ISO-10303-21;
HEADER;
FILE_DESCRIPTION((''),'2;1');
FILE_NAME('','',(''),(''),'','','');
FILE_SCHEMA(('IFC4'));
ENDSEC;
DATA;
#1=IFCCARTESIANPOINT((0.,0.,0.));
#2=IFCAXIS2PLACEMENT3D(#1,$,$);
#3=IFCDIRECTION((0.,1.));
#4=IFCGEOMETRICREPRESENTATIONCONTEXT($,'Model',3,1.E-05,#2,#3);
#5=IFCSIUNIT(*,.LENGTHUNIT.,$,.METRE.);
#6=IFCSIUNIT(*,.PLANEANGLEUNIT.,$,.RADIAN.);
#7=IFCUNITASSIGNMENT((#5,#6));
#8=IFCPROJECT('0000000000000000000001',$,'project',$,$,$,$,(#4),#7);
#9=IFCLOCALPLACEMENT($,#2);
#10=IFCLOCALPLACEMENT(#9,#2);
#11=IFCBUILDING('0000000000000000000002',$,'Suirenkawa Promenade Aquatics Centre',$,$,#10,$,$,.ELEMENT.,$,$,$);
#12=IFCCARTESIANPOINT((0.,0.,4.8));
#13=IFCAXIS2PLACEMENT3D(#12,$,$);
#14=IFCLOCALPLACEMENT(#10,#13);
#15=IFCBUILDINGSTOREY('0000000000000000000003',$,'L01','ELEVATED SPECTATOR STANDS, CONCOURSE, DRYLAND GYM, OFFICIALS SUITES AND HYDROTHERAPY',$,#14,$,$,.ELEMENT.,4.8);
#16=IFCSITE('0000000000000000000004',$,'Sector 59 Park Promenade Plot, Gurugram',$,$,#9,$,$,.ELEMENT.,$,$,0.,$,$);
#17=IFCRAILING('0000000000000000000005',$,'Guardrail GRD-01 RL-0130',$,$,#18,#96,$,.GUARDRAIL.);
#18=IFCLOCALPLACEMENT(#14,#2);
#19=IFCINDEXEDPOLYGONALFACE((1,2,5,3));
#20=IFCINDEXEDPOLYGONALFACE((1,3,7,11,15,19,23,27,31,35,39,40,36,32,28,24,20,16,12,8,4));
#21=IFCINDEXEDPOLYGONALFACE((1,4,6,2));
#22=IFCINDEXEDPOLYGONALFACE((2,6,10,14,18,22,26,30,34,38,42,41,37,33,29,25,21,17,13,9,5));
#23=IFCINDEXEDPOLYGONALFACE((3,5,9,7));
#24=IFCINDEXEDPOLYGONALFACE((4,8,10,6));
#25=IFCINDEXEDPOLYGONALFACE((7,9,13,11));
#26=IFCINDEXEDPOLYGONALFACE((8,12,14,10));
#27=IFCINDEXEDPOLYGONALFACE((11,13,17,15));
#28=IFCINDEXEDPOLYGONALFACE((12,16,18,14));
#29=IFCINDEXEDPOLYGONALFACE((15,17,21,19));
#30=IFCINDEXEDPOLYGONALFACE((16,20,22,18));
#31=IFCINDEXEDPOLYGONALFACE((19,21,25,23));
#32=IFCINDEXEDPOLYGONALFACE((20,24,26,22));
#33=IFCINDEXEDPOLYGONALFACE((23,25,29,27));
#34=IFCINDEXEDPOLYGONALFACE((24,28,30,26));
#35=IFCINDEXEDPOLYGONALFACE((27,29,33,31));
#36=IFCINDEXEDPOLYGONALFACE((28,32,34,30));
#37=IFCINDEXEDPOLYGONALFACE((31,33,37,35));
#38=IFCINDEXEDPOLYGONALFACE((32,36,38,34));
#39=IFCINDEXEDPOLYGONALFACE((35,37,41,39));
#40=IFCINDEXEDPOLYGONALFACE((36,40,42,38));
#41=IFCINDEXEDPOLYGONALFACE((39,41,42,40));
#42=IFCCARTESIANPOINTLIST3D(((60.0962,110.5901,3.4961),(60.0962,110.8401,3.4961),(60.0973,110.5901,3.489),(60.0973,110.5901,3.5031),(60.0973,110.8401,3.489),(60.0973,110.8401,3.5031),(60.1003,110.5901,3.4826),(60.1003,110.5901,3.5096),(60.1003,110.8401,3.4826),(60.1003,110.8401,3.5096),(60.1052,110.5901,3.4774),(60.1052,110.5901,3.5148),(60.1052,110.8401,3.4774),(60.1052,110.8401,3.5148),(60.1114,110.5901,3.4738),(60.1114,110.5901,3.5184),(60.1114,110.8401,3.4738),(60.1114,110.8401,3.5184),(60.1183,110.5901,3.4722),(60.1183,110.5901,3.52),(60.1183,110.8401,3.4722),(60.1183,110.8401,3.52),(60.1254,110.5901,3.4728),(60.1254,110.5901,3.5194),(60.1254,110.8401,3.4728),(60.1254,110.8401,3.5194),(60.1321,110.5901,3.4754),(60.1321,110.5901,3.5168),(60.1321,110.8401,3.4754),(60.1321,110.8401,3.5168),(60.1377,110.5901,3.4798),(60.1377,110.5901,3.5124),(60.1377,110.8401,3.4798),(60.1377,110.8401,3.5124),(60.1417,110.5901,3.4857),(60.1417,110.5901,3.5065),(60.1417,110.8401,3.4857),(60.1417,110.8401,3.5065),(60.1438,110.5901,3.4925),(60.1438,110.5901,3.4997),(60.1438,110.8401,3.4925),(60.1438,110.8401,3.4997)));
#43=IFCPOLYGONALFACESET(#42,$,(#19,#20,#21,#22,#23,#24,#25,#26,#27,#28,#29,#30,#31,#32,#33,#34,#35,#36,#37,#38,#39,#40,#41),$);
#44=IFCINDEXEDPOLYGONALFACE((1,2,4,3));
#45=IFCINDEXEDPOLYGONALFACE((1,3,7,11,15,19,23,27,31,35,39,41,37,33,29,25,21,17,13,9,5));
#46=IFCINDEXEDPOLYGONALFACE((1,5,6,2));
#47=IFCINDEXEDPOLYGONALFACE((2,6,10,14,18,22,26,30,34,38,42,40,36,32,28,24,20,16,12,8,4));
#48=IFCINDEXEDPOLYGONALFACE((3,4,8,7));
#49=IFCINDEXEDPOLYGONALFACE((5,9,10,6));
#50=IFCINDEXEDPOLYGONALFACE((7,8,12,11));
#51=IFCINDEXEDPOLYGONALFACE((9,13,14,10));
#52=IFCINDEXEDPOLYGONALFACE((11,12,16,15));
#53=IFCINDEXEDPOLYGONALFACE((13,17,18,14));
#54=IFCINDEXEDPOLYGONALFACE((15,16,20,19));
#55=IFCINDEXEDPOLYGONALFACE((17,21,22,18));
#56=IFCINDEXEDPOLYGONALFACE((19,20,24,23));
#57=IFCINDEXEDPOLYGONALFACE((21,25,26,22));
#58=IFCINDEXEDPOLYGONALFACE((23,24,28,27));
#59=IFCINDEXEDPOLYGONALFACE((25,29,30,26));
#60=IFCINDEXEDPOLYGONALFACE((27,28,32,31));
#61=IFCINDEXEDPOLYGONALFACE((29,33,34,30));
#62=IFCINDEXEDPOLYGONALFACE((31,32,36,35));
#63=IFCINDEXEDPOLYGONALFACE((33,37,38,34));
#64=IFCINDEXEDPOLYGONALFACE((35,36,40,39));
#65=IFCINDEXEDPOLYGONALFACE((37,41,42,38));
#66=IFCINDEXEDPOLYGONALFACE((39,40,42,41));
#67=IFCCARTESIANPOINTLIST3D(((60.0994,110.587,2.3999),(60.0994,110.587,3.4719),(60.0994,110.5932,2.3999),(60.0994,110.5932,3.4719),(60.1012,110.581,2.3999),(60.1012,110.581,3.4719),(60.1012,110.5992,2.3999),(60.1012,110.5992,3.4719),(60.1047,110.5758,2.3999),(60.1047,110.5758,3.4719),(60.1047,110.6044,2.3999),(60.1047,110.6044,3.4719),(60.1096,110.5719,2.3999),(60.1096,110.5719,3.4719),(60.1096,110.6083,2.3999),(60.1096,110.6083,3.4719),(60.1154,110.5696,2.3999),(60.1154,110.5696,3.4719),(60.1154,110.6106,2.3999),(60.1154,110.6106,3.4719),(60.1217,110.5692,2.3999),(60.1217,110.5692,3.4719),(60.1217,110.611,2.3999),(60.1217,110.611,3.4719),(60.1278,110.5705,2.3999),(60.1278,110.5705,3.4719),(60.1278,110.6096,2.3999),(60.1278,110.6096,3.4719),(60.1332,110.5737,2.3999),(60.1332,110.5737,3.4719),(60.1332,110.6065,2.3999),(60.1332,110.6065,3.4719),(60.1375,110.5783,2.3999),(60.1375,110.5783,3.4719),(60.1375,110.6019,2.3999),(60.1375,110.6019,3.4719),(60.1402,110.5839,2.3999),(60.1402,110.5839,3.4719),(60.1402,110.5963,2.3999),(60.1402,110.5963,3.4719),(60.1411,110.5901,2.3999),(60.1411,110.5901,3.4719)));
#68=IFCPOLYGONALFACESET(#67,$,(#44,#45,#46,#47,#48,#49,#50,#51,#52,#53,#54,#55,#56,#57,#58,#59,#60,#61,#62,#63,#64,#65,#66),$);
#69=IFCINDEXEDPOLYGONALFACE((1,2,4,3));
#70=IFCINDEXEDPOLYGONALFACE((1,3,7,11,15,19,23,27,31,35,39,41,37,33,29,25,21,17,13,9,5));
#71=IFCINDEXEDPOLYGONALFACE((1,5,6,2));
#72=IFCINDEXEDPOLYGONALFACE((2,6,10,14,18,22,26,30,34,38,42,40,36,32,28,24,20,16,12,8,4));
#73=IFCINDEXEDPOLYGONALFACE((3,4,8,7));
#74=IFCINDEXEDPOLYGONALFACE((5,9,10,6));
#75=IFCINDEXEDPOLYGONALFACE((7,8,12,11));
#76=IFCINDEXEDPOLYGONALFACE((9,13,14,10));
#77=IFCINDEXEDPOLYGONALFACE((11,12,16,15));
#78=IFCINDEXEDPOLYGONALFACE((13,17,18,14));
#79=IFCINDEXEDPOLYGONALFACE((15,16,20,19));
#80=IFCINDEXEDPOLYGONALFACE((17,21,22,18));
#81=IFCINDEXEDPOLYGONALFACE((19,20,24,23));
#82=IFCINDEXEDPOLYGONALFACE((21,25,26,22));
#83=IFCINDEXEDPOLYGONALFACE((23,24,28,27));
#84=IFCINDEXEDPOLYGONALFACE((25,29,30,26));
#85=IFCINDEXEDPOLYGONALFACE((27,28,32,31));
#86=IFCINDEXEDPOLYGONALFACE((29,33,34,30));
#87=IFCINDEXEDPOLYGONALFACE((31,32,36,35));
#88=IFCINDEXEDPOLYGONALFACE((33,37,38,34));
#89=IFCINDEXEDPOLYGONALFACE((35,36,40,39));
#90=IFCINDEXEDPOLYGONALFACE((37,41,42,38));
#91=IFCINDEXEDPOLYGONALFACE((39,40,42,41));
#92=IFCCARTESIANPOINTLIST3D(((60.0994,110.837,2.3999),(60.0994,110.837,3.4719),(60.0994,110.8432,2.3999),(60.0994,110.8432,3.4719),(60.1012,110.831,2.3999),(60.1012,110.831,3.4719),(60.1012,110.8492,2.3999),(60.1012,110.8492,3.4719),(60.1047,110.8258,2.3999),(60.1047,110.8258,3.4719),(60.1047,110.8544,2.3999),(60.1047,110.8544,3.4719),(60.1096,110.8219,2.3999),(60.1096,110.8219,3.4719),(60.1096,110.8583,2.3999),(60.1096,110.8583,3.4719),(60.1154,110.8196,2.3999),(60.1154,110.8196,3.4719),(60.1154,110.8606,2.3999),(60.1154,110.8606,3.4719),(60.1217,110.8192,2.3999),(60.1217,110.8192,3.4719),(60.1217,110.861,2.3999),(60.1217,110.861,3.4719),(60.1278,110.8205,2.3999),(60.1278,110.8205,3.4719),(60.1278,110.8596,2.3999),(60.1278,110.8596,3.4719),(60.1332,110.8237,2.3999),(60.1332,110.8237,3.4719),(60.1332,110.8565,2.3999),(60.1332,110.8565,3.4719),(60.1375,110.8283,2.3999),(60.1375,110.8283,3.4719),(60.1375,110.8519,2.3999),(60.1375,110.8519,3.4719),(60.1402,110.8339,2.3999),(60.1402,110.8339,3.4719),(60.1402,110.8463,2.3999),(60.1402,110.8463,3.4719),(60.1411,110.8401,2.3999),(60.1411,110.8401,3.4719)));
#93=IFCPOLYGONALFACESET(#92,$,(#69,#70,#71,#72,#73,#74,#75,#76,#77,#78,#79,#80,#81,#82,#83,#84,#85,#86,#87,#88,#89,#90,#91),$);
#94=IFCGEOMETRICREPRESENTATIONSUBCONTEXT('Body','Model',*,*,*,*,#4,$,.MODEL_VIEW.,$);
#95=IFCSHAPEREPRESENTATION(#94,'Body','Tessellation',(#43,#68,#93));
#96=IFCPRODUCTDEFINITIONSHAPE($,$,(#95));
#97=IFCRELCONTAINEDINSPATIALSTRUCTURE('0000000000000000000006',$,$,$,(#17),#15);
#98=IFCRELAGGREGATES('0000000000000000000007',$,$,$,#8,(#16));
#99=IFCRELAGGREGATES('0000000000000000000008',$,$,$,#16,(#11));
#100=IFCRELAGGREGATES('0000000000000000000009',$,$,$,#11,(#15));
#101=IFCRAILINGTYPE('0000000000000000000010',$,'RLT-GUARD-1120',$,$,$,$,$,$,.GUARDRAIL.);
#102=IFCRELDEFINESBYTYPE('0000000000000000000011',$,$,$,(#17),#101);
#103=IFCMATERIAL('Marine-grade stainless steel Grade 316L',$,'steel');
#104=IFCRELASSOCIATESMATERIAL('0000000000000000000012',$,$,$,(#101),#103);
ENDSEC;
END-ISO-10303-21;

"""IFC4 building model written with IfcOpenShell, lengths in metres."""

from ifc_helpers import new_model, si_unit, direction, frame, origin, origin_2d, place, context, subcontext, project, spatial, circle, extrude, material, type_object, element, save


model = new_model("IFC4")

# Units and contexts
model_context = context("Model", 3, precision=1e-05, world=origin(), true_north=direction((0.0, 1.0)))
body_context = subcontext(model_context, "Body", "Model", "MODEL_VIEW")
ifc_project = project(units=[si_unit("LENGTHUNIT", "METRE"), si_unit("PLANEANGLEUNIT", "RADIAN")], contexts=[model_context])

# Site, building, storey
site_placement = place(None, origin())
site = spatial("IfcSite", under=ifc_project, at=site_placement, Name="Sector 59 Park Promenade Plot, Gurugram", CompositionType="ELEMENT", RefElevation=0.0)
building_placement = place(site_placement, origin())
building = spatial("IfcBuilding", under=site, at=building_placement, Name="Suirenkawa Promenade Aquatics Centre", CompositionType="ELEMENT")
storey_placement = place(building_placement, frame((0.0, 0.0, 4.8)))
storey = spatial("IfcBuildingStorey", under=building, at=storey_placement, Name="L01", Description="ELEVATED SPECTATOR STANDS, CONCOURSE, DRYLAND GYM, OFFICIALS SUITES AND HYDROTHERAPY", CompositionType="ELEMENT", Elevation=4.8)

# Railing
ifc_material_1 = material(Name="Marine-grade stainless steel Grade 316L", Category="steel")
railing_type_1 = type_object("IfcRailingType", Name="RLT-GUARD-1120", PredefinedType="GUARDRAIL", material=ifc_material_1)
railing_1_placement = place(storey_placement, frame((60.1201, 110.5901, 2.3999)))
element("IfcRailing", 1, at=railing_1_placement, inside=storey, type_object=railing_type_1, Name="Guardrail GRD-01 RL-0130", PredefinedType="GUARDRAIL", context=body_context, shape_type="SweptSolid", body=[
    extrude(circle(Radius=0.0239, at=origin_2d()), frame((0.0, 0.0, 1.0962), z_axis=(0.0, 1.0, 0.0), x_axis=(-1.0, 0.0, 0.0)), (0.0, 0.0, 1.0), 0.25),
    extrude(circle(Radius=0.021, at=origin_2d()), origin(), (0.0, 0.0, 1.0), 1.072),
    extrude(circle(Radius=0.021, at=origin_2d()), frame((0.0, 0.25, 0.0)), (0.0, 0.0, 1.0), 1.072),
])

save(model, "model.ifc")
